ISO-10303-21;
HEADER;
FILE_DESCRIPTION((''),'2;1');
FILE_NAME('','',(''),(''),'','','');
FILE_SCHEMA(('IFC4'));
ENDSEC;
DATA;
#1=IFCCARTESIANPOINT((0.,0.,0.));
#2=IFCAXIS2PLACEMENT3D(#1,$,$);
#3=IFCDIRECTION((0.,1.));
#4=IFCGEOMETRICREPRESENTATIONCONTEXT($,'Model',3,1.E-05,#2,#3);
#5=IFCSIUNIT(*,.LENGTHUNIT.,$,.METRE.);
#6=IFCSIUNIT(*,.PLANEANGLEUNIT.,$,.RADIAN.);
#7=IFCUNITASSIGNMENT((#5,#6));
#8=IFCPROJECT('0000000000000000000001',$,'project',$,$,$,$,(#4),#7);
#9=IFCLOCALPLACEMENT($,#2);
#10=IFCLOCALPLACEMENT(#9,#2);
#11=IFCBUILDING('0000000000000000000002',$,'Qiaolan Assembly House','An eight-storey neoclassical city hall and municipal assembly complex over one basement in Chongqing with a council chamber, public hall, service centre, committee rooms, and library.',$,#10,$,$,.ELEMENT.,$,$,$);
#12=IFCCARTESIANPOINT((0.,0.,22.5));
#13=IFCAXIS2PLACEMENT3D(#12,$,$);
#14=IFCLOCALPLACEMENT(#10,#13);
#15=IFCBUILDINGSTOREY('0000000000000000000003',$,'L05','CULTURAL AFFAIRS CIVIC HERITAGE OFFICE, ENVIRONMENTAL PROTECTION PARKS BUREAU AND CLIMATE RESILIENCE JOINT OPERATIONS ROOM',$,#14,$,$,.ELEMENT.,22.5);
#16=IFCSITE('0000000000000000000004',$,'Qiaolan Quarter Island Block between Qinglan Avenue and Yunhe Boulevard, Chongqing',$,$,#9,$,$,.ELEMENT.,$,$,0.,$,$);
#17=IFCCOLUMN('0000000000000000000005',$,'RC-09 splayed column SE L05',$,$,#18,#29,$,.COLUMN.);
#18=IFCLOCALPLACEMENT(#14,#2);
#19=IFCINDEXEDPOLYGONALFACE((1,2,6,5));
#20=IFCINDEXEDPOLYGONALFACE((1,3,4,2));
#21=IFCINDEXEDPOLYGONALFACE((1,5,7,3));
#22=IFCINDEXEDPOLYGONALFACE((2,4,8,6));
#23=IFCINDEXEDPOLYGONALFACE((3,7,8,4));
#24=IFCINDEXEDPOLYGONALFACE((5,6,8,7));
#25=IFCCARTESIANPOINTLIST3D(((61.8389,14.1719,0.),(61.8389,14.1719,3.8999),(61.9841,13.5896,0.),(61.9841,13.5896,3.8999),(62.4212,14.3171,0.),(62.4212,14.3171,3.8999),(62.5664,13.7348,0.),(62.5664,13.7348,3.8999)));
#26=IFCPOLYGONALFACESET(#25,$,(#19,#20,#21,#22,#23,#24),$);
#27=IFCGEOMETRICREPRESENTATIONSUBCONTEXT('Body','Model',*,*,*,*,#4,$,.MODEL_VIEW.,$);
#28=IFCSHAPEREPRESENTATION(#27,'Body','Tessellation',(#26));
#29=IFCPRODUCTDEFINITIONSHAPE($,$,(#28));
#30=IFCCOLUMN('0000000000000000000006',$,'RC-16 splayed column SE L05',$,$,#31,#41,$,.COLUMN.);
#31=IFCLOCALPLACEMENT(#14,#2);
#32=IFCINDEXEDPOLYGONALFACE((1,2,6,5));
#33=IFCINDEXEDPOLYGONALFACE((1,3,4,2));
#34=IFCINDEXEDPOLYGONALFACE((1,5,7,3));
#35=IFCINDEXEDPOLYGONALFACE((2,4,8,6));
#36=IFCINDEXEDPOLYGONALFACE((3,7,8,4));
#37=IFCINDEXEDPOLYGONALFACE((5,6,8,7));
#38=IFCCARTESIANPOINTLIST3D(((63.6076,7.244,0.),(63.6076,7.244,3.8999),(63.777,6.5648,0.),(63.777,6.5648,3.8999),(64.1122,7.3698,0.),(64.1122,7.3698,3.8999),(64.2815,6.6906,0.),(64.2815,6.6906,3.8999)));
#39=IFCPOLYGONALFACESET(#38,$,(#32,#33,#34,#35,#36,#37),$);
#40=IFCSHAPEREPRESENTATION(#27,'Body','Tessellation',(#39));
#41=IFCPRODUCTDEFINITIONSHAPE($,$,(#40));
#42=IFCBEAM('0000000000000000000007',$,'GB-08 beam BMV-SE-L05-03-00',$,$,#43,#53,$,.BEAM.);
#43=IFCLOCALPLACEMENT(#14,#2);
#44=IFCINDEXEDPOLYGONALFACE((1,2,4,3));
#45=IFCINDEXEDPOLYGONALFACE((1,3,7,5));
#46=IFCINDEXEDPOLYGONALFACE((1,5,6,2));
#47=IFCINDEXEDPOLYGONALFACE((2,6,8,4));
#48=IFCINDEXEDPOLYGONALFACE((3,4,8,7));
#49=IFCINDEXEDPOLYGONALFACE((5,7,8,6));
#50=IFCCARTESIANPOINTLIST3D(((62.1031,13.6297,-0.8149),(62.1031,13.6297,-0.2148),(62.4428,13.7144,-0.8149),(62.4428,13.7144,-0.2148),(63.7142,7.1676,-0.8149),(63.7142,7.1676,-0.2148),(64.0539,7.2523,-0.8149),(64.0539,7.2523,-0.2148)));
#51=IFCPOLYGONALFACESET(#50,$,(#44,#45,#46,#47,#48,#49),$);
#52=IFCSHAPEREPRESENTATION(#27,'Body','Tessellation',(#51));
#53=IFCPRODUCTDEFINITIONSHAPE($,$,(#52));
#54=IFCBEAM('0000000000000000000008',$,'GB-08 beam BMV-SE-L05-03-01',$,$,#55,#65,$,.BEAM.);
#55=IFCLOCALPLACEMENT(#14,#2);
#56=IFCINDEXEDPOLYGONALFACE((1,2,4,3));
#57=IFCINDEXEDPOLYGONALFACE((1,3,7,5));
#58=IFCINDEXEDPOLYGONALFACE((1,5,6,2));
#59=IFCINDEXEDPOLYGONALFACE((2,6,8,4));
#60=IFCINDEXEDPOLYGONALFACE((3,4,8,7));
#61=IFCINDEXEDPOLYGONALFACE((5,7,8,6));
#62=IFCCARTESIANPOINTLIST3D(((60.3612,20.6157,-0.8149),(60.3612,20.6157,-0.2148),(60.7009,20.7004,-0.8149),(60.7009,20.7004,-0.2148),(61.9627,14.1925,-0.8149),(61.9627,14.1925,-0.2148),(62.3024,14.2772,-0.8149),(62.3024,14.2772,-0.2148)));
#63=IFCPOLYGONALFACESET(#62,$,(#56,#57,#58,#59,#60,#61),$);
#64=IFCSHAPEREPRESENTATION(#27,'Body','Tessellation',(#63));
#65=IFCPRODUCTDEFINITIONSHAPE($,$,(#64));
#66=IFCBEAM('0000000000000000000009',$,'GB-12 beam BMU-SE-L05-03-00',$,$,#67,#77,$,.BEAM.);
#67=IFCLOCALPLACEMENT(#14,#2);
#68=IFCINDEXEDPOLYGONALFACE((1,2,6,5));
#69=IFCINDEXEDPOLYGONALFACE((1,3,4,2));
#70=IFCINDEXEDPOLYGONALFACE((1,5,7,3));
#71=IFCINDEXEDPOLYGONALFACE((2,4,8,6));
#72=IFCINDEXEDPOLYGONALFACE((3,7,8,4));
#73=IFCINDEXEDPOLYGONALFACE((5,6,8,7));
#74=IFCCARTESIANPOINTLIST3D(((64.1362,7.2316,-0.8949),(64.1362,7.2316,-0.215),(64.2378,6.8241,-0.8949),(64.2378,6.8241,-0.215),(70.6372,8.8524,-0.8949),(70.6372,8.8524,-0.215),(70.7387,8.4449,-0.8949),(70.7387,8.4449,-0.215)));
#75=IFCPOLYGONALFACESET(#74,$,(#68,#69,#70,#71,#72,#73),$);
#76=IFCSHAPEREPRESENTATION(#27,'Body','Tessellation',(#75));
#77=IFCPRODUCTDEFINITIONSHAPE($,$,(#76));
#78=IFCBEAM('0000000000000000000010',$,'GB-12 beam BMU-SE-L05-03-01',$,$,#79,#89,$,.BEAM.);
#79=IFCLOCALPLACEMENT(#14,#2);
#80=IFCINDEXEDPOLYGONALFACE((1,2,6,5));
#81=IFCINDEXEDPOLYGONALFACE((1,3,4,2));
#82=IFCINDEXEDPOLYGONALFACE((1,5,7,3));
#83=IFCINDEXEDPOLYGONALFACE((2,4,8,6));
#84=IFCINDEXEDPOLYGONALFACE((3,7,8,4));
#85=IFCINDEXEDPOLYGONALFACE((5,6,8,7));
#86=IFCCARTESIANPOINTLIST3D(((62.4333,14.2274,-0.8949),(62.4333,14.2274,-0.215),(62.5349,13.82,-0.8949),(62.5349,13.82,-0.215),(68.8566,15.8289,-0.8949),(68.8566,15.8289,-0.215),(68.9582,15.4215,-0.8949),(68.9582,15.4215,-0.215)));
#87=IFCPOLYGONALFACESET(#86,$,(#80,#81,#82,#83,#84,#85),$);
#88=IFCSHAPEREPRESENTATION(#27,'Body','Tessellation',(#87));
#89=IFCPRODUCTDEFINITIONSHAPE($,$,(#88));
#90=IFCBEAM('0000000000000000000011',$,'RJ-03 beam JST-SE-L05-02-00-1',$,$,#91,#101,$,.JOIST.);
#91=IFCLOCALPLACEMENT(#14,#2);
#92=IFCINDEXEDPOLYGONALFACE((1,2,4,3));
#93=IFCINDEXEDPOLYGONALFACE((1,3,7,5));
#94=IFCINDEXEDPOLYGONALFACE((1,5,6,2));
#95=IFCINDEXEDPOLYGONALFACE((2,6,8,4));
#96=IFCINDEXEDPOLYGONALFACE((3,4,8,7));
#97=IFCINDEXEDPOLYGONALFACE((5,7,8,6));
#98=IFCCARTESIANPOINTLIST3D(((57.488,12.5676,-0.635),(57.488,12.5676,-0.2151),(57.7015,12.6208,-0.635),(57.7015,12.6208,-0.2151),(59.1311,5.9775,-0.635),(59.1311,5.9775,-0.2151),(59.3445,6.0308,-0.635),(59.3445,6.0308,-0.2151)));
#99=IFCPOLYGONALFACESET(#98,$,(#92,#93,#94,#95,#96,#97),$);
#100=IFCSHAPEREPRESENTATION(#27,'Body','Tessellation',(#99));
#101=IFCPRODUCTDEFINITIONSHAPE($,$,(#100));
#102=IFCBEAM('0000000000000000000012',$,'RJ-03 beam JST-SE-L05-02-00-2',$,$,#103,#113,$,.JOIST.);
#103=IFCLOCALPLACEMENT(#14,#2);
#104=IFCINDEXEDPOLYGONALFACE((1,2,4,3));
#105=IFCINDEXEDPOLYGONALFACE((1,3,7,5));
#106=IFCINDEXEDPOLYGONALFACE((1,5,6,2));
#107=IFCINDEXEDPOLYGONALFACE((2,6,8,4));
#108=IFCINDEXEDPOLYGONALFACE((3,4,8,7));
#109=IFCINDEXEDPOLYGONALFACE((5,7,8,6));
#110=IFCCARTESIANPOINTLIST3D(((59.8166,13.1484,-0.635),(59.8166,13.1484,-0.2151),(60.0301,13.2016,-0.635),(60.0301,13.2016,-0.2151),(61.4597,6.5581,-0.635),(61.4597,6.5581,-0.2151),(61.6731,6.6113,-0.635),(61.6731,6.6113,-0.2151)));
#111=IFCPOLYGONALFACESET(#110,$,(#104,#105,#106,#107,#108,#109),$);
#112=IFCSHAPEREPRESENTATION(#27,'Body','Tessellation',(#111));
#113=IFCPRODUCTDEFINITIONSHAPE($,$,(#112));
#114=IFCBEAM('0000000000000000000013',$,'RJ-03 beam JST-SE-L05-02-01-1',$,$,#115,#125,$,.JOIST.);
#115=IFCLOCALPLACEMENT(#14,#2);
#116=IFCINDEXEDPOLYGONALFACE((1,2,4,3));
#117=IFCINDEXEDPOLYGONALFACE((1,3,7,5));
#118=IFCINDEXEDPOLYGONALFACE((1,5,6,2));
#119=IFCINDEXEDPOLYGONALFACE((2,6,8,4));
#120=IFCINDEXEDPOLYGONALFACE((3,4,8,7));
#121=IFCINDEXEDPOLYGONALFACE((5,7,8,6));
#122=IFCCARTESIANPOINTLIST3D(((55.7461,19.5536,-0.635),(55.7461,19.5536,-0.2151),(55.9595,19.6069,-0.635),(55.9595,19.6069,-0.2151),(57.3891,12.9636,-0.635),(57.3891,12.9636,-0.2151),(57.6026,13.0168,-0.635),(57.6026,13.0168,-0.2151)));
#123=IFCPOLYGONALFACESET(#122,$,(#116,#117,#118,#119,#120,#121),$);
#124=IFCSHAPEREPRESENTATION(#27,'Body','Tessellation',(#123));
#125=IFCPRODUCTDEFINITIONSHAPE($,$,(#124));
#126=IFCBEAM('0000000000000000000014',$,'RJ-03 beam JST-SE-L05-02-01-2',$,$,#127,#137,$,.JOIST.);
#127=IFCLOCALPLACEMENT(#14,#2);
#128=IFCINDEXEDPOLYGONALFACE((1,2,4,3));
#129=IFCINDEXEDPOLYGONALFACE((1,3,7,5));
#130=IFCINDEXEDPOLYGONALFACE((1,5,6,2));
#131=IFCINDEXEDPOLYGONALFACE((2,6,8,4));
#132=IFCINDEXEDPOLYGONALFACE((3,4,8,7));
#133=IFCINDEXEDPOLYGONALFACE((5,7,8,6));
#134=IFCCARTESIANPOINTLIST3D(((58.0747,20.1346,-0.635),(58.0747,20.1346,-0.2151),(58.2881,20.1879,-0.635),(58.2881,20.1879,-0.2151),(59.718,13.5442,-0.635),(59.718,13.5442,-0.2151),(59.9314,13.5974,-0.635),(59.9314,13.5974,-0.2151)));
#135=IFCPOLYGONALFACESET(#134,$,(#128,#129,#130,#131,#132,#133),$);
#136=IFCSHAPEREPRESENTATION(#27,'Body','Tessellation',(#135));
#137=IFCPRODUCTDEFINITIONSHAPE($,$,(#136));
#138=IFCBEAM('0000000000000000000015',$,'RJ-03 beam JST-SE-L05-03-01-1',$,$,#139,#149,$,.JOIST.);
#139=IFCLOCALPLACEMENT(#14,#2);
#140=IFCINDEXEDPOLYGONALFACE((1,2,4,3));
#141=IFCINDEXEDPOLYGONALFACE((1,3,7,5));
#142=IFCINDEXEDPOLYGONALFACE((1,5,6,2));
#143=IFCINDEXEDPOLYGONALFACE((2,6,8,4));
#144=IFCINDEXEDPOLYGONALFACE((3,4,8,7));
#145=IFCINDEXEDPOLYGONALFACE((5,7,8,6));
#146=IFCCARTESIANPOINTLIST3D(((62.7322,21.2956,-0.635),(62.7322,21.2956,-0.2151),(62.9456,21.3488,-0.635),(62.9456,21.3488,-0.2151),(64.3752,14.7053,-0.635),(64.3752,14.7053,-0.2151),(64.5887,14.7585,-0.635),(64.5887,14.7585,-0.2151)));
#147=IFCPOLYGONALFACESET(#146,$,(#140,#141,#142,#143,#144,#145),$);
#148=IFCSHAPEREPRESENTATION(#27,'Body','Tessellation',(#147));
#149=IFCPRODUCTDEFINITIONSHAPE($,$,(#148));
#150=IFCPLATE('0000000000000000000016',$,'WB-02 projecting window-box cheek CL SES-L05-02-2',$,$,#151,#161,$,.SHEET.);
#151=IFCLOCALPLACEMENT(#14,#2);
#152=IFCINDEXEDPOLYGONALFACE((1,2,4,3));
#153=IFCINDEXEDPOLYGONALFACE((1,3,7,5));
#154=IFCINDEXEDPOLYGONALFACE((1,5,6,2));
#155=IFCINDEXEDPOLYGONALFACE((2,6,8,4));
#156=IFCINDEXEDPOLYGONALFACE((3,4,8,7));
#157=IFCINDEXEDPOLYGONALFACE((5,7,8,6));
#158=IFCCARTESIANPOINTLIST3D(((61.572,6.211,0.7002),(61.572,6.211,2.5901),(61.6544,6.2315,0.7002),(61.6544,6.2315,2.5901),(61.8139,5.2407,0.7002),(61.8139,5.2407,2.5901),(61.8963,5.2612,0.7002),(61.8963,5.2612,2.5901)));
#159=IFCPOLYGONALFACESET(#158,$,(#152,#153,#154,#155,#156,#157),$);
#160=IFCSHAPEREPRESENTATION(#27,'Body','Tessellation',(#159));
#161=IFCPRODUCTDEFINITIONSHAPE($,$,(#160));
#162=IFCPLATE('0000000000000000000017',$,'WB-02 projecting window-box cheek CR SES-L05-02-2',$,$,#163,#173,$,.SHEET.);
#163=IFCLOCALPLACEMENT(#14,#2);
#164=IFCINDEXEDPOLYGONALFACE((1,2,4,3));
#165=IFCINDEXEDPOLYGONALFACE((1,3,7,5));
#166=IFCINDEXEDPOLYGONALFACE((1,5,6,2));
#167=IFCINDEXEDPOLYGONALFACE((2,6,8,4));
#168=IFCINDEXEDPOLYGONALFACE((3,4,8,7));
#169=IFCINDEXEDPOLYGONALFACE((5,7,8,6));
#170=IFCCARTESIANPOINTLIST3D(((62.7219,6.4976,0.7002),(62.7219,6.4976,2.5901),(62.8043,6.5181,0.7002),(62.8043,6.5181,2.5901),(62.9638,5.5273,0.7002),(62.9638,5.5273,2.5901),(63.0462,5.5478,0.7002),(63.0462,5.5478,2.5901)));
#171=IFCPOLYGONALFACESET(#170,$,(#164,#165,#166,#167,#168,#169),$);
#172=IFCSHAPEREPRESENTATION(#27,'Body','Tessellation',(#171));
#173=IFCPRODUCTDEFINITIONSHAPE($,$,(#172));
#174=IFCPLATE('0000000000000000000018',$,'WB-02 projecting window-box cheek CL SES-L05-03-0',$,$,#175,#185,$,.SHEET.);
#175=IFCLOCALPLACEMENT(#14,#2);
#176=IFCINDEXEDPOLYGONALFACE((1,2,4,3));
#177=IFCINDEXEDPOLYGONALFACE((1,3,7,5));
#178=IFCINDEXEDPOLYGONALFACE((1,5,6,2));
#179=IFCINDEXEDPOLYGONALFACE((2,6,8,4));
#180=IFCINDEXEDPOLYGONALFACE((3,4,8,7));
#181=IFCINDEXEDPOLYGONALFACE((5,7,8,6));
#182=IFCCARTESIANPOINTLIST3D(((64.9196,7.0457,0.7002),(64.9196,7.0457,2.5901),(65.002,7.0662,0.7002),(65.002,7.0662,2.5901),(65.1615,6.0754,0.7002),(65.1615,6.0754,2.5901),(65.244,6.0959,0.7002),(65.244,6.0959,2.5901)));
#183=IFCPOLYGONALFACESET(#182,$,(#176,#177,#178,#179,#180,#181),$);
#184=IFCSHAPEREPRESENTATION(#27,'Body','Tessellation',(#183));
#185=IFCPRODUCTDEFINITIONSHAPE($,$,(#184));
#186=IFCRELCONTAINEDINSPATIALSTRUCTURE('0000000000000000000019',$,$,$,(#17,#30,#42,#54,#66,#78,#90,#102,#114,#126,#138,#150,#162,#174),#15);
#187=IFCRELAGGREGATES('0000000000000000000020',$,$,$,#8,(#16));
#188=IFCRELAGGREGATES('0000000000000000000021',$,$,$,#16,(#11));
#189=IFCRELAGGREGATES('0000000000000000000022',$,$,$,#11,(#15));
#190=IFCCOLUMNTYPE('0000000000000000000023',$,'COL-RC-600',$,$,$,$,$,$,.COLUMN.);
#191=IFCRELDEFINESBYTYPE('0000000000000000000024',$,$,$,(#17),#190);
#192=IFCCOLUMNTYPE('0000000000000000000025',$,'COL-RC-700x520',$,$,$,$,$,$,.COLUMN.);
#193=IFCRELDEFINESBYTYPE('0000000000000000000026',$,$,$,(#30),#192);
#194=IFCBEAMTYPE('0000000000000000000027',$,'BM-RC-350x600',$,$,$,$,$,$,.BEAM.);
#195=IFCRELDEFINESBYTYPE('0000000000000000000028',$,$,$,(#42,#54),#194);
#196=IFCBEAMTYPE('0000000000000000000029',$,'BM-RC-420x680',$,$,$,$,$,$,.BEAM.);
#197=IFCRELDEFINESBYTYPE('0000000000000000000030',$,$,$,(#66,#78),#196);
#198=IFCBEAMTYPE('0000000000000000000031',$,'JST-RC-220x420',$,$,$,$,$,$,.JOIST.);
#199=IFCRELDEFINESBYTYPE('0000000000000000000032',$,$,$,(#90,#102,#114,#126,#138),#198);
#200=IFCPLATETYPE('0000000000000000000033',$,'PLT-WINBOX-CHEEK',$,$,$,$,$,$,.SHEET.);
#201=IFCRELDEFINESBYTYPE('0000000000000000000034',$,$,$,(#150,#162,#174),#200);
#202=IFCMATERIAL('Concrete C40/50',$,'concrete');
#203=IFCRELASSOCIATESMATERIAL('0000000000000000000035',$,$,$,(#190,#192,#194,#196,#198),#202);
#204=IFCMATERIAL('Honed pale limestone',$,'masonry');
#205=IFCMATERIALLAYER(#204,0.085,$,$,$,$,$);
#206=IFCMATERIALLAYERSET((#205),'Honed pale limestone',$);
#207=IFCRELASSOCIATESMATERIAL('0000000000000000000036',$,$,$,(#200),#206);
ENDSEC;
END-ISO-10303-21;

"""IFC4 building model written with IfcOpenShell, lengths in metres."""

from ifc_helpers import new_model, si_unit, direction, frame, origin, origin_2d, place, context, subcontext, project, spatial, rectangle, extrude, material, layer, layer_set, material_profile, profile_set, type_object, element, save


model = new_model("IFC4")

# Units and contexts
model_context = context("Model", 3, precision=1e-05, world=origin(), true_north=direction((0.0, 1.0)))
body_context = subcontext(model_context, "Body", "Model", "MODEL_VIEW")
ifc_project = project(units=[si_unit("LENGTHUNIT", "METRE"), si_unit("PLANEANGLEUNIT", "RADIAN")], contexts=[model_context])

# Site, building, storey
site_placement = place(None, origin())
site = spatial("IfcSite", under=ifc_project, at=site_placement, Name="Qiaolan Quarter Island Block between Qinglan Avenue and Yunhe Boulevard, Chongqing", CompositionType="ELEMENT", RefElevation=0.0)
building_placement = place(site_placement, origin())
building = spatial("IfcBuilding", under=site, at=building_placement, Name="Qiaolan Assembly House", Description="An eight-storey neoclassical city hall and municipal assembly complex over one basement in Chongqing with a council chamber, public hall, service centre, committee rooms, and library.", CompositionType="ELEMENT")
storey_placement = place(building_placement, frame((0.0, 0.0, 22.5)))
storey = spatial("IfcBuildingStorey", under=building, at=storey_placement, Name="L05", Description="CULTURAL AFFAIRS CIVIC HERITAGE OFFICE, ENVIRONMENTAL PROTECTION PARKS BUREAU AND CLIMATE RESILIENCE JOINT OPERATIONS ROOM", CompositionType="ELEMENT", Elevation=22.5)

# Columns
ifc_material_1 = material(Name="Concrete C40/50", Category="concrete")
ifc_material_profile_1 = material_profile(ifc_material_1, rectangle(XDim=0.6001, YDim=0.6001, at=origin_2d()), Name="RC 600x600")
ifc_profile_set_1 = profile_set([ifc_material_profile_1], Name="Concrete C40/50")
column_type_1 = type_object("IfcColumnType", Name="COL-RC-600", PredefinedType="COLUMN", material=ifc_profile_set_1)
column_1_placement = place(storey_placement, frame((62.2026, 13.9534, 0.0), z_axis=(0.0, 0.0, 1.0), x_axis=(0.970296, 0.241922, 0.0)))
element("IfcColumn", 1, at=column_1_placement, inside=storey, type_object=column_type_1, Name="RC-09 splayed column SE L05", PredefinedType="COLUMN", context=body_context, shape_type="SweptSolid", body=[
    extrude(rectangle(XDim=0.6001, YDim=0.6001, at=origin_2d()), origin(), (0.0, 0.0, 1.0), 3.8999),
])
ifc_material_profile_2 = material_profile(ifc_material_1, rectangle(XDim=0.52, YDim=0.7, at=origin_2d()), Name="RC 700x520")
ifc_profile_set_2 = profile_set([ifc_material_profile_2], Name="Concrete C40/50")
column_type_2 = type_object("IfcColumnType", Name="COL-RC-700x520", PredefinedType="COLUMN", material=ifc_profile_set_2)
column_2_placement = place(storey_placement, frame((63.9446, 6.9673, 0.0), z_axis=(0.0, 0.0, 1.0), x_axis=(0.970296, 0.241922, 0.0)))
element("IfcColumn", 2, at=column_2_placement, inside=storey, type_object=column_type_2, Name="RC-16 splayed column SE L05", PredefinedType="COLUMN", context=body_context, shape_type="SweptSolid", body=[
    extrude(rectangle(XDim=0.52, YDim=0.7, at=origin_2d()), origin(), (0.0, 0.0, 1.0), 3.8999),
])

# Beams
ifc_material_profile_3 = material_profile(ifc_material_1, rectangle(XDim=0.3501, YDim=0.6001, at=origin_2d()), Name="RCB 350x600")
ifc_profile_set_3 = profile_set([ifc_material_profile_3], Name="Concrete C40/50")
beam_type_1 = type_object("IfcBeamType", Name="BM-RC-350x600", PredefinedType="BEAM", material=ifc_profile_set_3)
beam_1_placement = place(storey_placement, frame((63.884, 7.21, -0.5149), z_axis=(-0.241906, 0.9703, 0.0), x_axis=(-0.9703, -0.241906, 0.0)))
element("IfcBeam", 3, at=beam_1_placement, inside=storey, type_object=beam_type_1, Name="GB-08 beam BMV-SE-L05-03-00", PredefinedType="BEAM", context=body_context, shape_type="SweptSolid", body=[
    extrude(rectangle(XDim=0.3501, YDim=0.6001, at=origin_2d()), origin(), (0.0, 0.0, 1.0), 6.6599),
])
beam_2_placement = place(storey_placement, frame((62.1326, 14.2349, -0.5149), z_axis=(-0.241928, 0.970294, 0.0), x_axis=(-0.970294, -0.241928, 0.0)))
element("IfcBeam", 4, at=beam_2_placement, inside=storey, type_object=beam_type_1, Name="GB-08 beam BMV-SE-L05-03-01", PredefinedType="BEAM", context=body_context, shape_type="SweptSolid", body=[
    extrude(rectangle(XDim=0.3501, YDim=0.6001, at=origin_2d()), origin(), (0.0, 0.0, 1.0), 6.6199),
])
ifc_material_profile_4 = material_profile(ifc_material_1, rectangle(XDim=0.4199, YDim=0.6799, at=origin_2d()), Name="RCB 420x680")
ifc_profile_set_4 = profile_set([ifc_material_profile_4], Name="Concrete C40/50")
beam_type_2 = type_object("IfcBeamType", Name="BM-RC-420x680", PredefinedType="BEAM", material=ifc_profile_set_4)
beam_3_placement = place(storey_placement, frame((64.187, 7.0278, -0.5549), z_axis=(0.970297, 0.241918, 0.0), x_axis=(-0.241918, 0.970297, 0.0)))
element("IfcBeam", 5, at=beam_3_placement, inside=storey, type_object=beam_type_2, Name="GB-12 beam BMU-SE-L05-03-00", PredefinedType="BEAM", context=body_context, shape_type="SweptSolid", body=[
    extrude(rectangle(XDim=0.4199, YDim=0.6799, at=origin_2d()), origin(), (0.0, 0.0, 1.0), 6.7),
])
beam_4_placement = place(storey_placement, frame((62.4841, 14.0237, -0.5549), z_axis=(0.970294, 0.241928, 0.0), x_axis=(-0.241928, 0.970294, 0.0)))
element("IfcBeam", 6, at=beam_4_placement, inside=storey, type_object=beam_type_2, Name="GB-12 beam BMU-SE-L05-03-01", PredefinedType="BEAM", context=body_context, shape_type="SweptSolid", body=[
    extrude(rectangle(XDim=0.4199, YDim=0.6799, at=origin_2d()), origin(), (0.0, 0.0, 1.0), 6.6199),
])
ifc_material_profile_5 = material_profile(ifc_material_1, rectangle(XDim=0.22, YDim=0.4199, at=origin_2d()), Name="RCB 220x420")
ifc_profile_set_5 = profile_set([ifc_material_profile_5], Name="Concrete C40/50")
beam_type_3 = type_object("IfcBeamType", Name="JST-RC-220x420", PredefinedType="JOIST", material=ifc_profile_set_5)
beam_5_placement = place(storey_placement, frame((59.2378, 6.0042, -0.425), z_axis=(-0.241918, 0.970297, 0.0), x_axis=(-0.970297, -0.241918, 0.0)))
element("IfcBeam", 7, at=beam_5_placement, inside=storey, type_object=beam_type_3, Name="RJ-03 beam JST-SE-L05-02-00-1", PredefinedType="JOIST", context=body_context, shape_type="SweptSolid", body=[
    extrude(rectangle(XDim=0.22, YDim=0.4199, at=origin_2d()), origin(), (0.0, 0.0, 1.0), 6.7917),
])
beam_6_placement = place(storey_placement, frame((61.5664, 6.5847, -0.425), z_axis=(-0.24191, 0.970299, 0.0), x_axis=(-0.970299, -0.24191, 0.0)))
element("IfcBeam", 8, at=beam_6_placement, inside=storey, type_object=beam_type_3, Name="RJ-03 beam JST-SE-L05-02-00-2", PredefinedType="JOIST", context=body_context, shape_type="SweptSolid", body=[
    extrude(rectangle(XDim=0.22, YDim=0.4199, at=origin_2d()), origin(), (0.0, 0.0, 1.0), 6.792),
])
beam_7_placement = place(storey_placement, frame((57.4958, 12.9902, -0.425), z_axis=(-0.241918, 0.970297, 0.0), x_axis=(-0.970297, -0.241918, 0.0)))
element("IfcBeam", 9, at=beam_7_placement, inside=storey, type_object=beam_type_3, Name="RJ-03 beam JST-SE-L05-02-01-1", PredefinedType="JOIST", context=body_context, shape_type="SweptSolid", body=[
    extrude(rectangle(XDim=0.22, YDim=0.4199, at=origin_2d()), origin(), (0.0, 0.0, 1.0), 6.7917),
])
beam_8_placement = place(storey_placement, frame((59.8247, 13.5708, -0.425), z_axis=(-0.241944, 0.97029, 0.0), x_axis=(-0.97029, -0.241944, 0.0)))
element("IfcBeam", 10, at=beam_8_placement, inside=storey, type_object=beam_type_3, Name="RJ-03 beam JST-SE-L05-02-01-2", PredefinedType="JOIST", context=body_context, shape_type="SweptSolid", body=[
    extrude(rectangle(XDim=0.22, YDim=0.4199, at=origin_2d()), origin(), (0.0, 0.0, 1.0), 6.7922),
])
beam_9_placement = place(storey_placement, frame((64.4819, 14.7319, -0.425), z_axis=(-0.24191, 0.970299, 0.0), x_axis=(-0.970299, -0.24191, 0.0)))
element("IfcBeam", 11, at=beam_9_placement, inside=storey, type_object=beam_type_3, Name="RJ-03 beam JST-SE-L05-03-01-1", PredefinedType="JOIST", context=body_context, shape_type="SweptSolid", body=[
    extrude(rectangle(XDim=0.22, YDim=0.4199, at=origin_2d()), origin(), (0.0, 0.0, 1.0), 6.792),
])

# Plates
ifc_material_2 = material(Name="Honed pale limestone", Category="masonry")
ifc_layer_1 = layer(ifc_material_2, 0.085)
ifc_layer_set_1 = layer_set([ifc_layer_1], Name="Honed pale limestone")
plate_type = type_object("IfcPlateType", Name="PLT-WINBOX-CHEEK", PredefinedType="SHEET", material=ifc_layer_set_1)
for number, where, z_axis, x_axis, name in (
    (12, (61.7341, 5.7361, 0.7002), (0.0, 0.0, 1.0), (0.970296, 0.241922, 0.0), "WB-02 projecting window-box cheek CL SES-L05-02-2"),
    (13, (62.884, 6.0227, 0.7002), (0.0, 0.0, 1.0), (0.970296, 0.241922, 0.0), "WB-02 projecting window-box cheek CR SES-L05-02-2"),
    (14, (65.0818, 6.5708, 0.7002), (0.0, 0.0, 1.0), (0.970296, 0.241922, 0.0), "WB-02 projecting window-box cheek CL SES-L05-03-0"),
):
    element("IfcPlate", number, at=place(storey_placement, frame(where, z_axis=z_axis, x_axis=x_axis)), inside=storey, type_object=plate_type, Name=name, PredefinedType="SHEET", context=body_context, shape_type="SweptSolid", body=[
        extrude(rectangle(XDim=0.085, YDim=1.0, at=origin_2d()), origin(), (0.0, 0.0, 1.0), 1.8899),
    ])

save(model, "model.ifc")
